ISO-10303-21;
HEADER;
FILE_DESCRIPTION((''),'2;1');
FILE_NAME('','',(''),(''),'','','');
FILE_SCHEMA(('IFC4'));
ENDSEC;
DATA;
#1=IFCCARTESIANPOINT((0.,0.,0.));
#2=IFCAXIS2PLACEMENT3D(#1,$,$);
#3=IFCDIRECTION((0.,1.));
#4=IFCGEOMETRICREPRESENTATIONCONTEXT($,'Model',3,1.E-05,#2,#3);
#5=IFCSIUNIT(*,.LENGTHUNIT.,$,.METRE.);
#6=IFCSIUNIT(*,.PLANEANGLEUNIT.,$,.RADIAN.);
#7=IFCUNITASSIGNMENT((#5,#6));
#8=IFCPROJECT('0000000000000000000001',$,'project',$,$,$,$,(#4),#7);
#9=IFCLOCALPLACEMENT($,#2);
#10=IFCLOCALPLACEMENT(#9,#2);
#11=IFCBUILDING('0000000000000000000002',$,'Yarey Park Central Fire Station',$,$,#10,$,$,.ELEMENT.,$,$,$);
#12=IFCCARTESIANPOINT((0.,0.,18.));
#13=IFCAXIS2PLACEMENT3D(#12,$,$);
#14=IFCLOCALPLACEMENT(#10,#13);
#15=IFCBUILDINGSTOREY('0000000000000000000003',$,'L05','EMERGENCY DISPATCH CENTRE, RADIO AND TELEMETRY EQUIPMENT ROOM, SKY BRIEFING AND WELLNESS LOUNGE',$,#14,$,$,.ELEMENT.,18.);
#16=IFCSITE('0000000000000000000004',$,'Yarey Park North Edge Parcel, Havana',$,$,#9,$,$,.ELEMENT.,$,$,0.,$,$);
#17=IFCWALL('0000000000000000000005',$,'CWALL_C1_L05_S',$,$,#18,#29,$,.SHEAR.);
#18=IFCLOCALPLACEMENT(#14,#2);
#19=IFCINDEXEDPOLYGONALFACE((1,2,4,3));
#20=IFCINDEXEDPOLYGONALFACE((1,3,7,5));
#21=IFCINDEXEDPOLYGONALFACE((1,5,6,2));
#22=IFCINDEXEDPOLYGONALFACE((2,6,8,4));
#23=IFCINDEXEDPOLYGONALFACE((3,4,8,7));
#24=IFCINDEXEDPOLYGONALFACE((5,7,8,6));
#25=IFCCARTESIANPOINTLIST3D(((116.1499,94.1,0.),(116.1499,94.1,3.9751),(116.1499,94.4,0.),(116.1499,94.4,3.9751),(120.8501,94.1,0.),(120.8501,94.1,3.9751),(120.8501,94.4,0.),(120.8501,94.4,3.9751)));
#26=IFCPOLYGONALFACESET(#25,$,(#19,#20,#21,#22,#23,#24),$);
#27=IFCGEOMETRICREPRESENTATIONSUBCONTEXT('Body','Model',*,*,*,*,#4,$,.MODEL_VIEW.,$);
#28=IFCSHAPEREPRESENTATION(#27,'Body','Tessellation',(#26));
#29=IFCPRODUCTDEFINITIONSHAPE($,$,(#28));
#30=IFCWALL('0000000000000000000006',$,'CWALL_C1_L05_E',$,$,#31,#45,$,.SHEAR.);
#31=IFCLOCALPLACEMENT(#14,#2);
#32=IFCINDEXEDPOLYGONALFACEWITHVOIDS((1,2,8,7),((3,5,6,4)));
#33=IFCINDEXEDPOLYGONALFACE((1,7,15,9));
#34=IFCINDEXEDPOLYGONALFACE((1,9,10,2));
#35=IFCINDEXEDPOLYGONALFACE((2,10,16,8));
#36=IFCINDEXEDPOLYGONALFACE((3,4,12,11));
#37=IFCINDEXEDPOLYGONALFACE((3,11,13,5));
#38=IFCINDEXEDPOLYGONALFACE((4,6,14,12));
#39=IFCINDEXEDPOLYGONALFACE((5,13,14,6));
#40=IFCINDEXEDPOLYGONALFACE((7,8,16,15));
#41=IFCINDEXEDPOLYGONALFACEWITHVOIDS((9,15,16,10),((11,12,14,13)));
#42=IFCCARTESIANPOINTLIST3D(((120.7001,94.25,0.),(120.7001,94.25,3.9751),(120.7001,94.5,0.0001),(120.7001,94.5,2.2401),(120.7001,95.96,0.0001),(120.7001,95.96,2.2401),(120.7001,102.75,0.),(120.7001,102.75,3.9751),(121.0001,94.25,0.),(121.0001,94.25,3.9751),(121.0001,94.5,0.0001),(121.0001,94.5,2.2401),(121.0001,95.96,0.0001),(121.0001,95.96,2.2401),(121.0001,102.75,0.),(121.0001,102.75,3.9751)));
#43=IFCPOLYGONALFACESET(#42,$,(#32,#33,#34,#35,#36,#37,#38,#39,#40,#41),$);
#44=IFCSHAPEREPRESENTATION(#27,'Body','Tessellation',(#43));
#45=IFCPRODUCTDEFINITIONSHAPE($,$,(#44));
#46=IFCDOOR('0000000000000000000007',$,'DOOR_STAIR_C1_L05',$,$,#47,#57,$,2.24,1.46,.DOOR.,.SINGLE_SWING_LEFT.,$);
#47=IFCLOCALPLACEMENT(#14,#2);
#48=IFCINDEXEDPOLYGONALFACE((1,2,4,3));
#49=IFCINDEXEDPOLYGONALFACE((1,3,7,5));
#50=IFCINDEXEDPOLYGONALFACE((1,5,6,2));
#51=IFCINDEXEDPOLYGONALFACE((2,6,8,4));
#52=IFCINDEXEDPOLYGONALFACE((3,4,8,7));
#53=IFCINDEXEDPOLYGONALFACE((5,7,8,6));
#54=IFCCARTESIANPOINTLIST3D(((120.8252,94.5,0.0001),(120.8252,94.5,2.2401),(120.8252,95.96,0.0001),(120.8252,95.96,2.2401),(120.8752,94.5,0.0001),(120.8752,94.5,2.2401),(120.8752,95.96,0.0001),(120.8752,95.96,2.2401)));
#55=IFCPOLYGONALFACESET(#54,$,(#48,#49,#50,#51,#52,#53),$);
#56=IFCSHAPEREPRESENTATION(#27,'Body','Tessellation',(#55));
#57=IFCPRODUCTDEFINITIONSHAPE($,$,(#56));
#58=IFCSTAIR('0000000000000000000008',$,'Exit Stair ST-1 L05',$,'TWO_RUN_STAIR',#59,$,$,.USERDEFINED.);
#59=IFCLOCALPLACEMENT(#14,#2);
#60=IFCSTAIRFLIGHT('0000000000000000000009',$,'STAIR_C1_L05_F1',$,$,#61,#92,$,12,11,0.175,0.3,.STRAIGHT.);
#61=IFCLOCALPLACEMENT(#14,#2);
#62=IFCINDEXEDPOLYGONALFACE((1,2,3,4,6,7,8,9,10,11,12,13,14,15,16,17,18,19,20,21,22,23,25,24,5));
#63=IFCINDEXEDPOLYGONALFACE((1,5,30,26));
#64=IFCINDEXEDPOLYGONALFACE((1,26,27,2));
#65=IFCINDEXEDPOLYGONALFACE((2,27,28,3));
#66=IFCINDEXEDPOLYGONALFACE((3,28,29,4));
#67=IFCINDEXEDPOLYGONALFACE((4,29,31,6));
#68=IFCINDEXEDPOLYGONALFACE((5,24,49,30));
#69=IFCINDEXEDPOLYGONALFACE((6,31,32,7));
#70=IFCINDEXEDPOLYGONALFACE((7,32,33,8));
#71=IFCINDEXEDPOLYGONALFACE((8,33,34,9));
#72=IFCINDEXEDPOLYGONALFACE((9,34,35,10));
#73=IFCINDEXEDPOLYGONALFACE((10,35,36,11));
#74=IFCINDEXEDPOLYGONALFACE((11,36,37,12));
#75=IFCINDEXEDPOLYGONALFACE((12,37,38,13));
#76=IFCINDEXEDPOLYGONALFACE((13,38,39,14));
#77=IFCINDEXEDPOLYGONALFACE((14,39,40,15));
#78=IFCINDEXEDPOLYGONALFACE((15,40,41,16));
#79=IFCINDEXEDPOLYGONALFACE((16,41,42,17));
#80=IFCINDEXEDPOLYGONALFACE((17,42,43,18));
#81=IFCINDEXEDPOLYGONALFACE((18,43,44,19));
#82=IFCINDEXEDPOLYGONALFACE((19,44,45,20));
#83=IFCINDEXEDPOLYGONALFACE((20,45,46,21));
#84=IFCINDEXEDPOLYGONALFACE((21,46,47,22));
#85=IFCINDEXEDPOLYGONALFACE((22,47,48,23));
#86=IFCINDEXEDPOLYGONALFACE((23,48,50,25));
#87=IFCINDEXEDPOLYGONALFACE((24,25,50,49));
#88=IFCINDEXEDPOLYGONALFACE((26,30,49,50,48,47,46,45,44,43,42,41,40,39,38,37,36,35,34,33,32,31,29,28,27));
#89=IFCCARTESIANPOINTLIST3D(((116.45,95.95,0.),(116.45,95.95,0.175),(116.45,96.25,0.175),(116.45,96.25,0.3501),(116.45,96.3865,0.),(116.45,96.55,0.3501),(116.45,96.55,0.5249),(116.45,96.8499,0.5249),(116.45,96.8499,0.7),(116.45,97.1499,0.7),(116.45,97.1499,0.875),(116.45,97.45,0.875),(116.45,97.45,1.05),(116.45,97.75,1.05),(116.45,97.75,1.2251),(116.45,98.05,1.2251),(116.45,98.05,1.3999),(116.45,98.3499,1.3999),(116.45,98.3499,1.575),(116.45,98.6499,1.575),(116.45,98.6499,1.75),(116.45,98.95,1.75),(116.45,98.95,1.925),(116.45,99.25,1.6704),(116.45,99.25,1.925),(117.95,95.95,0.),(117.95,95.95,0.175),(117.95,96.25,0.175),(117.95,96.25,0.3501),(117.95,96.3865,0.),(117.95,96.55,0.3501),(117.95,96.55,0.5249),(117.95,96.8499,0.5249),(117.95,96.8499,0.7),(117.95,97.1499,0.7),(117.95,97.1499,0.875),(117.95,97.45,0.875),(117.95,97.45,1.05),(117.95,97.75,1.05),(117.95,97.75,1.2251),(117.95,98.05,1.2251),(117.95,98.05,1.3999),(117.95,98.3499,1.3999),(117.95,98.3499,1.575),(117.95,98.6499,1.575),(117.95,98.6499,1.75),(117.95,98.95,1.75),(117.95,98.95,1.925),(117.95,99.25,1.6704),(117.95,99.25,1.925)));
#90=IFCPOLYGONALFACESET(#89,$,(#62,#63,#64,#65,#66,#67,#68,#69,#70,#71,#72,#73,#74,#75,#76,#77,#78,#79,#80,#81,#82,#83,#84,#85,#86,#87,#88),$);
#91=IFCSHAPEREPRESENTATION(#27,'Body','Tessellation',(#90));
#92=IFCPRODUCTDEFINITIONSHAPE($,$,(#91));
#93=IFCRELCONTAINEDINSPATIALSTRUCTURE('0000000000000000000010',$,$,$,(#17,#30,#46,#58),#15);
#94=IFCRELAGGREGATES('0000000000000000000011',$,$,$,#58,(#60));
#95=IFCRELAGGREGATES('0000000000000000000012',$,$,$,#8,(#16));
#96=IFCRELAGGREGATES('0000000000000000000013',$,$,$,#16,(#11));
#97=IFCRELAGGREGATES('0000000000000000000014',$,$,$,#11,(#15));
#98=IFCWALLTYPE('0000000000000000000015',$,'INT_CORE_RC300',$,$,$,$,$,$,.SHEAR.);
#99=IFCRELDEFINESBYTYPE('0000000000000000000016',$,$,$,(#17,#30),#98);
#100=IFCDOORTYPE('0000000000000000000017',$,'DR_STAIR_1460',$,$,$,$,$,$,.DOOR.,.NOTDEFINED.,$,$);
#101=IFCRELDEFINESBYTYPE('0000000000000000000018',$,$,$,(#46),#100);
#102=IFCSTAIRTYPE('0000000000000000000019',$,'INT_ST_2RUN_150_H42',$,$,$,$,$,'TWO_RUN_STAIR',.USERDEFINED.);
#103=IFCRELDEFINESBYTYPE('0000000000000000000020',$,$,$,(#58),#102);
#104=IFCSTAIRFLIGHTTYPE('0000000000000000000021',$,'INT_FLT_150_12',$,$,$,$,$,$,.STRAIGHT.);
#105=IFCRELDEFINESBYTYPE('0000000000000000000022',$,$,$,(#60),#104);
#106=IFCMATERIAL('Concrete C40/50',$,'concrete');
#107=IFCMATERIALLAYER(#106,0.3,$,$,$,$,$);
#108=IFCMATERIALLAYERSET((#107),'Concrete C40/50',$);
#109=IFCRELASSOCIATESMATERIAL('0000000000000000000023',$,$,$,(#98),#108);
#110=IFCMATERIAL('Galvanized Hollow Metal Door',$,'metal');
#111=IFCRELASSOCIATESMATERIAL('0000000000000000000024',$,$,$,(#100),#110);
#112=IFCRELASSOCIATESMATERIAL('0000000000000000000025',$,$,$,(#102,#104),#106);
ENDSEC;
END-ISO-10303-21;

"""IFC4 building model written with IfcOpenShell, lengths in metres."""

from ifc_helpers import new_model, si_unit, direction, frame, frame_2d, origin, place, context, subcontext, project, spatial, polyline, rectangle, outline, extrude, material, layer, layer_set, type_object, element, fill, aggregate, save


model = new_model("IFC4")

# Units and contexts
model_context = context("Model", 3, precision=1e-05, world=origin(), true_north=direction((0.0, 1.0)))
body_context = subcontext(model_context, "Body", "Model", "MODEL_VIEW")
ifc_project = project(units=[si_unit("LENGTHUNIT", "METRE"), si_unit("PLANEANGLEUNIT", "RADIAN")], contexts=[model_context])

# Site, building, storey
site_placement = place(None, origin())
site = spatial("IfcSite", under=ifc_project, at=site_placement, Name="Yarey Park North Edge Parcel, Havana", CompositionType="ELEMENT", RefElevation=0.0)
building_placement = place(site_placement, origin())
building = spatial("IfcBuilding", under=site, at=building_placement, Name="Yarey Park Central Fire Station", CompositionType="ELEMENT")
storey_placement = place(building_placement, frame((0.0, 0.0, 18.0)))
storey = spatial("IfcBuildingStorey", under=building, at=storey_placement, Name="L05", Description="EMERGENCY DISPATCH CENTRE, RADIO AND TELEMETRY EQUIPMENT ROOM, SKY BRIEFING AND WELLNESS LOUNGE", CompositionType="ELEMENT", Elevation=18.0)

# Shared definitions
ifc_material_1 = material(Name="Concrete C40/50", Category="concrete")

# Wall
ifc_layer_1 = layer(ifc_material_1, 0.3)
ifc_layer_set_1 = layer_set([ifc_layer_1], Name="Concrete C40/50")
wall_type_1 = type_object("IfcWallType", Name="INT_CORE_RC300", PredefinedType="SHEAR", material=ifc_layer_set_1)
wall_1_placement = place(storey_placement, frame((116.1499, 94.25, 0.0), z_axis=(0.0, 0.0, 1.0), x_axis=(1.0, 0.0, 0.0)))
element("IfcWall", 1, at=wall_1_placement, inside=storey, type_object=wall_type_1, Name="CWALL_C1_L05_S", PredefinedType="SHEAR", context=body_context, shape_type="SweptSolid", body=[
    extrude(rectangle(XDim=4.7002, YDim=0.3, at=frame_2d((2.3501, 0.0))), origin(), (0.0, 0.0, 1.0), 3.9751),
])

# Wall, opening, door
wall_2_placement = place(storey_placement, frame((120.8501, 94.25, 0.0), z_axis=(0.0, 0.0, 1.0), x_axis=(0.0, 1.0, 0.0)))
wall_2 = element("IfcWall", 2, at=wall_2_placement, inside=storey, type_object=wall_type_1, Name="CWALL_C1_L05_E", PredefinedType="SHEAR", context=body_context, shape_type="SweptSolid", body=[
    extrude(rectangle(XDim=8.5, YDim=0.3, at=frame_2d((4.25, 0.0))), origin(), (0.0, 0.0, 1.0), 3.9751),
])
opening_placement = place(wall_2_placement, frame((0.25, 0.0, 0.0)))
opening = element("IfcOpeningElement", 3, at=opening_placement, cuts=wall_2, PredefinedType="OPENING", context=body_context, shape_type="SweptSolid", body=[
    extrude(rectangle(XDim=1.46, YDim=2.24, at=frame_2d((0.73, 1.1201))), frame((0.0, 0.1599, 0.0), z_axis=(0.0, -1.0, 0.0), x_axis=(1.0, 0.0, 0.0)), (0.0, 0.0, 1.0), 0.3201),
])
ifc_material_2 = material(Name="Galvanized Hollow Metal Door", Category="metal")
door_type = type_object("IfcDoorType", Name="DR_STAIR_1460", OperationType="NOTDEFINED", PredefinedType="DOOR", material=ifc_material_2)
door_placement = place(opening_placement, origin())
door = element("IfcDoor", 4, at=door_placement, inside=storey, type_object=door_type, Name="DOOR_STAIR_C1_L05", OperationType="SINGLE_SWING_LEFT", OverallHeight=2.24, OverallWidth=1.46, PredefinedType="DOOR", context=body_context, shape_type="SweptSolid", body=[
    extrude(rectangle(XDim=1.46, YDim=2.24, at=frame_2d((0.73, 1.1201))), frame((0.0, 0.0249, 0.0), z_axis=(0.0, -1.0, 0.0), x_axis=(1.0, 0.0, 0.0)), (0.0, 0.0, 1.0), 0.05),
])
fill(opening, door)

# Stair, stair flight
stair_type = type_object("IfcStairType", Name="INT_ST_2RUN_150_H42", ElementType="TWO_RUN_STAIR", PredefinedType="USERDEFINED", material=ifc_material_1)
stair_placement = place(storey_placement, origin())
stair = element("IfcStair", 5, at=stair_placement, inside=storey, type_object=stair_type, Name="Exit Stair ST-1 L05", ObjectType="TWO_RUN_STAIR", PredefinedType="USERDEFINED")
stair_flight_type = type_object("IfcStairFlightType", Name="INT_FLT_150_12", PredefinedType="STRAIGHT", material=ifc_material_1)
stair_flight_placement = place(storey_placement, frame((117.2, 95.95, 0.0), z_axis=(0.0, 0.0, 1.0), x_axis=(0.0, 1.0, 0.0)))
stair_flight = element("IfcStairFlight", 6, at=stair_flight_placement, type_object=stair_flight_type, Name="STAIR_C1_L05_F1", NumberOfRisers=12, NumberOfTreads=11, PredefinedType="STRAIGHT", RiserHeight=0.175, TreadLength=0.3, context=body_context, shape_type="SweptSolid", body=[
    extrude(outline(polyline([(0.0, 0.0), (0.0, 0.175), (0.3, 0.175), (0.3, 0.3501), (0.6001, 0.3501), (0.6001, 0.5249), (0.8999, 0.5249), (0.8999, 0.7), (1.2, 0.7), (1.2, 0.875), (1.5, 0.875), (1.5, 1.05), (1.8, 1.05), (1.8, 1.2251), (2.1001, 1.2251), (2.1001, 1.3999), (2.3999, 1.3999), (2.3999, 1.575), (2.7, 1.575), (2.7, 1.75), (3.0, 1.75), (3.0, 1.925), (3.3, 1.925), (3.3, 2.1001), (3.3, 1.6704), (0.4365, 0.0), (0.0, 0.0)])), frame((0.0, 0.75, 0.0), z_axis=(0.0, -1.0, 0.0), x_axis=(1.0, 0.0, 0.0)), (0.0, 0.0, 1.0), 1.5),
])
aggregate(stair, [stair_flight])

save(model, "model.ifc")
